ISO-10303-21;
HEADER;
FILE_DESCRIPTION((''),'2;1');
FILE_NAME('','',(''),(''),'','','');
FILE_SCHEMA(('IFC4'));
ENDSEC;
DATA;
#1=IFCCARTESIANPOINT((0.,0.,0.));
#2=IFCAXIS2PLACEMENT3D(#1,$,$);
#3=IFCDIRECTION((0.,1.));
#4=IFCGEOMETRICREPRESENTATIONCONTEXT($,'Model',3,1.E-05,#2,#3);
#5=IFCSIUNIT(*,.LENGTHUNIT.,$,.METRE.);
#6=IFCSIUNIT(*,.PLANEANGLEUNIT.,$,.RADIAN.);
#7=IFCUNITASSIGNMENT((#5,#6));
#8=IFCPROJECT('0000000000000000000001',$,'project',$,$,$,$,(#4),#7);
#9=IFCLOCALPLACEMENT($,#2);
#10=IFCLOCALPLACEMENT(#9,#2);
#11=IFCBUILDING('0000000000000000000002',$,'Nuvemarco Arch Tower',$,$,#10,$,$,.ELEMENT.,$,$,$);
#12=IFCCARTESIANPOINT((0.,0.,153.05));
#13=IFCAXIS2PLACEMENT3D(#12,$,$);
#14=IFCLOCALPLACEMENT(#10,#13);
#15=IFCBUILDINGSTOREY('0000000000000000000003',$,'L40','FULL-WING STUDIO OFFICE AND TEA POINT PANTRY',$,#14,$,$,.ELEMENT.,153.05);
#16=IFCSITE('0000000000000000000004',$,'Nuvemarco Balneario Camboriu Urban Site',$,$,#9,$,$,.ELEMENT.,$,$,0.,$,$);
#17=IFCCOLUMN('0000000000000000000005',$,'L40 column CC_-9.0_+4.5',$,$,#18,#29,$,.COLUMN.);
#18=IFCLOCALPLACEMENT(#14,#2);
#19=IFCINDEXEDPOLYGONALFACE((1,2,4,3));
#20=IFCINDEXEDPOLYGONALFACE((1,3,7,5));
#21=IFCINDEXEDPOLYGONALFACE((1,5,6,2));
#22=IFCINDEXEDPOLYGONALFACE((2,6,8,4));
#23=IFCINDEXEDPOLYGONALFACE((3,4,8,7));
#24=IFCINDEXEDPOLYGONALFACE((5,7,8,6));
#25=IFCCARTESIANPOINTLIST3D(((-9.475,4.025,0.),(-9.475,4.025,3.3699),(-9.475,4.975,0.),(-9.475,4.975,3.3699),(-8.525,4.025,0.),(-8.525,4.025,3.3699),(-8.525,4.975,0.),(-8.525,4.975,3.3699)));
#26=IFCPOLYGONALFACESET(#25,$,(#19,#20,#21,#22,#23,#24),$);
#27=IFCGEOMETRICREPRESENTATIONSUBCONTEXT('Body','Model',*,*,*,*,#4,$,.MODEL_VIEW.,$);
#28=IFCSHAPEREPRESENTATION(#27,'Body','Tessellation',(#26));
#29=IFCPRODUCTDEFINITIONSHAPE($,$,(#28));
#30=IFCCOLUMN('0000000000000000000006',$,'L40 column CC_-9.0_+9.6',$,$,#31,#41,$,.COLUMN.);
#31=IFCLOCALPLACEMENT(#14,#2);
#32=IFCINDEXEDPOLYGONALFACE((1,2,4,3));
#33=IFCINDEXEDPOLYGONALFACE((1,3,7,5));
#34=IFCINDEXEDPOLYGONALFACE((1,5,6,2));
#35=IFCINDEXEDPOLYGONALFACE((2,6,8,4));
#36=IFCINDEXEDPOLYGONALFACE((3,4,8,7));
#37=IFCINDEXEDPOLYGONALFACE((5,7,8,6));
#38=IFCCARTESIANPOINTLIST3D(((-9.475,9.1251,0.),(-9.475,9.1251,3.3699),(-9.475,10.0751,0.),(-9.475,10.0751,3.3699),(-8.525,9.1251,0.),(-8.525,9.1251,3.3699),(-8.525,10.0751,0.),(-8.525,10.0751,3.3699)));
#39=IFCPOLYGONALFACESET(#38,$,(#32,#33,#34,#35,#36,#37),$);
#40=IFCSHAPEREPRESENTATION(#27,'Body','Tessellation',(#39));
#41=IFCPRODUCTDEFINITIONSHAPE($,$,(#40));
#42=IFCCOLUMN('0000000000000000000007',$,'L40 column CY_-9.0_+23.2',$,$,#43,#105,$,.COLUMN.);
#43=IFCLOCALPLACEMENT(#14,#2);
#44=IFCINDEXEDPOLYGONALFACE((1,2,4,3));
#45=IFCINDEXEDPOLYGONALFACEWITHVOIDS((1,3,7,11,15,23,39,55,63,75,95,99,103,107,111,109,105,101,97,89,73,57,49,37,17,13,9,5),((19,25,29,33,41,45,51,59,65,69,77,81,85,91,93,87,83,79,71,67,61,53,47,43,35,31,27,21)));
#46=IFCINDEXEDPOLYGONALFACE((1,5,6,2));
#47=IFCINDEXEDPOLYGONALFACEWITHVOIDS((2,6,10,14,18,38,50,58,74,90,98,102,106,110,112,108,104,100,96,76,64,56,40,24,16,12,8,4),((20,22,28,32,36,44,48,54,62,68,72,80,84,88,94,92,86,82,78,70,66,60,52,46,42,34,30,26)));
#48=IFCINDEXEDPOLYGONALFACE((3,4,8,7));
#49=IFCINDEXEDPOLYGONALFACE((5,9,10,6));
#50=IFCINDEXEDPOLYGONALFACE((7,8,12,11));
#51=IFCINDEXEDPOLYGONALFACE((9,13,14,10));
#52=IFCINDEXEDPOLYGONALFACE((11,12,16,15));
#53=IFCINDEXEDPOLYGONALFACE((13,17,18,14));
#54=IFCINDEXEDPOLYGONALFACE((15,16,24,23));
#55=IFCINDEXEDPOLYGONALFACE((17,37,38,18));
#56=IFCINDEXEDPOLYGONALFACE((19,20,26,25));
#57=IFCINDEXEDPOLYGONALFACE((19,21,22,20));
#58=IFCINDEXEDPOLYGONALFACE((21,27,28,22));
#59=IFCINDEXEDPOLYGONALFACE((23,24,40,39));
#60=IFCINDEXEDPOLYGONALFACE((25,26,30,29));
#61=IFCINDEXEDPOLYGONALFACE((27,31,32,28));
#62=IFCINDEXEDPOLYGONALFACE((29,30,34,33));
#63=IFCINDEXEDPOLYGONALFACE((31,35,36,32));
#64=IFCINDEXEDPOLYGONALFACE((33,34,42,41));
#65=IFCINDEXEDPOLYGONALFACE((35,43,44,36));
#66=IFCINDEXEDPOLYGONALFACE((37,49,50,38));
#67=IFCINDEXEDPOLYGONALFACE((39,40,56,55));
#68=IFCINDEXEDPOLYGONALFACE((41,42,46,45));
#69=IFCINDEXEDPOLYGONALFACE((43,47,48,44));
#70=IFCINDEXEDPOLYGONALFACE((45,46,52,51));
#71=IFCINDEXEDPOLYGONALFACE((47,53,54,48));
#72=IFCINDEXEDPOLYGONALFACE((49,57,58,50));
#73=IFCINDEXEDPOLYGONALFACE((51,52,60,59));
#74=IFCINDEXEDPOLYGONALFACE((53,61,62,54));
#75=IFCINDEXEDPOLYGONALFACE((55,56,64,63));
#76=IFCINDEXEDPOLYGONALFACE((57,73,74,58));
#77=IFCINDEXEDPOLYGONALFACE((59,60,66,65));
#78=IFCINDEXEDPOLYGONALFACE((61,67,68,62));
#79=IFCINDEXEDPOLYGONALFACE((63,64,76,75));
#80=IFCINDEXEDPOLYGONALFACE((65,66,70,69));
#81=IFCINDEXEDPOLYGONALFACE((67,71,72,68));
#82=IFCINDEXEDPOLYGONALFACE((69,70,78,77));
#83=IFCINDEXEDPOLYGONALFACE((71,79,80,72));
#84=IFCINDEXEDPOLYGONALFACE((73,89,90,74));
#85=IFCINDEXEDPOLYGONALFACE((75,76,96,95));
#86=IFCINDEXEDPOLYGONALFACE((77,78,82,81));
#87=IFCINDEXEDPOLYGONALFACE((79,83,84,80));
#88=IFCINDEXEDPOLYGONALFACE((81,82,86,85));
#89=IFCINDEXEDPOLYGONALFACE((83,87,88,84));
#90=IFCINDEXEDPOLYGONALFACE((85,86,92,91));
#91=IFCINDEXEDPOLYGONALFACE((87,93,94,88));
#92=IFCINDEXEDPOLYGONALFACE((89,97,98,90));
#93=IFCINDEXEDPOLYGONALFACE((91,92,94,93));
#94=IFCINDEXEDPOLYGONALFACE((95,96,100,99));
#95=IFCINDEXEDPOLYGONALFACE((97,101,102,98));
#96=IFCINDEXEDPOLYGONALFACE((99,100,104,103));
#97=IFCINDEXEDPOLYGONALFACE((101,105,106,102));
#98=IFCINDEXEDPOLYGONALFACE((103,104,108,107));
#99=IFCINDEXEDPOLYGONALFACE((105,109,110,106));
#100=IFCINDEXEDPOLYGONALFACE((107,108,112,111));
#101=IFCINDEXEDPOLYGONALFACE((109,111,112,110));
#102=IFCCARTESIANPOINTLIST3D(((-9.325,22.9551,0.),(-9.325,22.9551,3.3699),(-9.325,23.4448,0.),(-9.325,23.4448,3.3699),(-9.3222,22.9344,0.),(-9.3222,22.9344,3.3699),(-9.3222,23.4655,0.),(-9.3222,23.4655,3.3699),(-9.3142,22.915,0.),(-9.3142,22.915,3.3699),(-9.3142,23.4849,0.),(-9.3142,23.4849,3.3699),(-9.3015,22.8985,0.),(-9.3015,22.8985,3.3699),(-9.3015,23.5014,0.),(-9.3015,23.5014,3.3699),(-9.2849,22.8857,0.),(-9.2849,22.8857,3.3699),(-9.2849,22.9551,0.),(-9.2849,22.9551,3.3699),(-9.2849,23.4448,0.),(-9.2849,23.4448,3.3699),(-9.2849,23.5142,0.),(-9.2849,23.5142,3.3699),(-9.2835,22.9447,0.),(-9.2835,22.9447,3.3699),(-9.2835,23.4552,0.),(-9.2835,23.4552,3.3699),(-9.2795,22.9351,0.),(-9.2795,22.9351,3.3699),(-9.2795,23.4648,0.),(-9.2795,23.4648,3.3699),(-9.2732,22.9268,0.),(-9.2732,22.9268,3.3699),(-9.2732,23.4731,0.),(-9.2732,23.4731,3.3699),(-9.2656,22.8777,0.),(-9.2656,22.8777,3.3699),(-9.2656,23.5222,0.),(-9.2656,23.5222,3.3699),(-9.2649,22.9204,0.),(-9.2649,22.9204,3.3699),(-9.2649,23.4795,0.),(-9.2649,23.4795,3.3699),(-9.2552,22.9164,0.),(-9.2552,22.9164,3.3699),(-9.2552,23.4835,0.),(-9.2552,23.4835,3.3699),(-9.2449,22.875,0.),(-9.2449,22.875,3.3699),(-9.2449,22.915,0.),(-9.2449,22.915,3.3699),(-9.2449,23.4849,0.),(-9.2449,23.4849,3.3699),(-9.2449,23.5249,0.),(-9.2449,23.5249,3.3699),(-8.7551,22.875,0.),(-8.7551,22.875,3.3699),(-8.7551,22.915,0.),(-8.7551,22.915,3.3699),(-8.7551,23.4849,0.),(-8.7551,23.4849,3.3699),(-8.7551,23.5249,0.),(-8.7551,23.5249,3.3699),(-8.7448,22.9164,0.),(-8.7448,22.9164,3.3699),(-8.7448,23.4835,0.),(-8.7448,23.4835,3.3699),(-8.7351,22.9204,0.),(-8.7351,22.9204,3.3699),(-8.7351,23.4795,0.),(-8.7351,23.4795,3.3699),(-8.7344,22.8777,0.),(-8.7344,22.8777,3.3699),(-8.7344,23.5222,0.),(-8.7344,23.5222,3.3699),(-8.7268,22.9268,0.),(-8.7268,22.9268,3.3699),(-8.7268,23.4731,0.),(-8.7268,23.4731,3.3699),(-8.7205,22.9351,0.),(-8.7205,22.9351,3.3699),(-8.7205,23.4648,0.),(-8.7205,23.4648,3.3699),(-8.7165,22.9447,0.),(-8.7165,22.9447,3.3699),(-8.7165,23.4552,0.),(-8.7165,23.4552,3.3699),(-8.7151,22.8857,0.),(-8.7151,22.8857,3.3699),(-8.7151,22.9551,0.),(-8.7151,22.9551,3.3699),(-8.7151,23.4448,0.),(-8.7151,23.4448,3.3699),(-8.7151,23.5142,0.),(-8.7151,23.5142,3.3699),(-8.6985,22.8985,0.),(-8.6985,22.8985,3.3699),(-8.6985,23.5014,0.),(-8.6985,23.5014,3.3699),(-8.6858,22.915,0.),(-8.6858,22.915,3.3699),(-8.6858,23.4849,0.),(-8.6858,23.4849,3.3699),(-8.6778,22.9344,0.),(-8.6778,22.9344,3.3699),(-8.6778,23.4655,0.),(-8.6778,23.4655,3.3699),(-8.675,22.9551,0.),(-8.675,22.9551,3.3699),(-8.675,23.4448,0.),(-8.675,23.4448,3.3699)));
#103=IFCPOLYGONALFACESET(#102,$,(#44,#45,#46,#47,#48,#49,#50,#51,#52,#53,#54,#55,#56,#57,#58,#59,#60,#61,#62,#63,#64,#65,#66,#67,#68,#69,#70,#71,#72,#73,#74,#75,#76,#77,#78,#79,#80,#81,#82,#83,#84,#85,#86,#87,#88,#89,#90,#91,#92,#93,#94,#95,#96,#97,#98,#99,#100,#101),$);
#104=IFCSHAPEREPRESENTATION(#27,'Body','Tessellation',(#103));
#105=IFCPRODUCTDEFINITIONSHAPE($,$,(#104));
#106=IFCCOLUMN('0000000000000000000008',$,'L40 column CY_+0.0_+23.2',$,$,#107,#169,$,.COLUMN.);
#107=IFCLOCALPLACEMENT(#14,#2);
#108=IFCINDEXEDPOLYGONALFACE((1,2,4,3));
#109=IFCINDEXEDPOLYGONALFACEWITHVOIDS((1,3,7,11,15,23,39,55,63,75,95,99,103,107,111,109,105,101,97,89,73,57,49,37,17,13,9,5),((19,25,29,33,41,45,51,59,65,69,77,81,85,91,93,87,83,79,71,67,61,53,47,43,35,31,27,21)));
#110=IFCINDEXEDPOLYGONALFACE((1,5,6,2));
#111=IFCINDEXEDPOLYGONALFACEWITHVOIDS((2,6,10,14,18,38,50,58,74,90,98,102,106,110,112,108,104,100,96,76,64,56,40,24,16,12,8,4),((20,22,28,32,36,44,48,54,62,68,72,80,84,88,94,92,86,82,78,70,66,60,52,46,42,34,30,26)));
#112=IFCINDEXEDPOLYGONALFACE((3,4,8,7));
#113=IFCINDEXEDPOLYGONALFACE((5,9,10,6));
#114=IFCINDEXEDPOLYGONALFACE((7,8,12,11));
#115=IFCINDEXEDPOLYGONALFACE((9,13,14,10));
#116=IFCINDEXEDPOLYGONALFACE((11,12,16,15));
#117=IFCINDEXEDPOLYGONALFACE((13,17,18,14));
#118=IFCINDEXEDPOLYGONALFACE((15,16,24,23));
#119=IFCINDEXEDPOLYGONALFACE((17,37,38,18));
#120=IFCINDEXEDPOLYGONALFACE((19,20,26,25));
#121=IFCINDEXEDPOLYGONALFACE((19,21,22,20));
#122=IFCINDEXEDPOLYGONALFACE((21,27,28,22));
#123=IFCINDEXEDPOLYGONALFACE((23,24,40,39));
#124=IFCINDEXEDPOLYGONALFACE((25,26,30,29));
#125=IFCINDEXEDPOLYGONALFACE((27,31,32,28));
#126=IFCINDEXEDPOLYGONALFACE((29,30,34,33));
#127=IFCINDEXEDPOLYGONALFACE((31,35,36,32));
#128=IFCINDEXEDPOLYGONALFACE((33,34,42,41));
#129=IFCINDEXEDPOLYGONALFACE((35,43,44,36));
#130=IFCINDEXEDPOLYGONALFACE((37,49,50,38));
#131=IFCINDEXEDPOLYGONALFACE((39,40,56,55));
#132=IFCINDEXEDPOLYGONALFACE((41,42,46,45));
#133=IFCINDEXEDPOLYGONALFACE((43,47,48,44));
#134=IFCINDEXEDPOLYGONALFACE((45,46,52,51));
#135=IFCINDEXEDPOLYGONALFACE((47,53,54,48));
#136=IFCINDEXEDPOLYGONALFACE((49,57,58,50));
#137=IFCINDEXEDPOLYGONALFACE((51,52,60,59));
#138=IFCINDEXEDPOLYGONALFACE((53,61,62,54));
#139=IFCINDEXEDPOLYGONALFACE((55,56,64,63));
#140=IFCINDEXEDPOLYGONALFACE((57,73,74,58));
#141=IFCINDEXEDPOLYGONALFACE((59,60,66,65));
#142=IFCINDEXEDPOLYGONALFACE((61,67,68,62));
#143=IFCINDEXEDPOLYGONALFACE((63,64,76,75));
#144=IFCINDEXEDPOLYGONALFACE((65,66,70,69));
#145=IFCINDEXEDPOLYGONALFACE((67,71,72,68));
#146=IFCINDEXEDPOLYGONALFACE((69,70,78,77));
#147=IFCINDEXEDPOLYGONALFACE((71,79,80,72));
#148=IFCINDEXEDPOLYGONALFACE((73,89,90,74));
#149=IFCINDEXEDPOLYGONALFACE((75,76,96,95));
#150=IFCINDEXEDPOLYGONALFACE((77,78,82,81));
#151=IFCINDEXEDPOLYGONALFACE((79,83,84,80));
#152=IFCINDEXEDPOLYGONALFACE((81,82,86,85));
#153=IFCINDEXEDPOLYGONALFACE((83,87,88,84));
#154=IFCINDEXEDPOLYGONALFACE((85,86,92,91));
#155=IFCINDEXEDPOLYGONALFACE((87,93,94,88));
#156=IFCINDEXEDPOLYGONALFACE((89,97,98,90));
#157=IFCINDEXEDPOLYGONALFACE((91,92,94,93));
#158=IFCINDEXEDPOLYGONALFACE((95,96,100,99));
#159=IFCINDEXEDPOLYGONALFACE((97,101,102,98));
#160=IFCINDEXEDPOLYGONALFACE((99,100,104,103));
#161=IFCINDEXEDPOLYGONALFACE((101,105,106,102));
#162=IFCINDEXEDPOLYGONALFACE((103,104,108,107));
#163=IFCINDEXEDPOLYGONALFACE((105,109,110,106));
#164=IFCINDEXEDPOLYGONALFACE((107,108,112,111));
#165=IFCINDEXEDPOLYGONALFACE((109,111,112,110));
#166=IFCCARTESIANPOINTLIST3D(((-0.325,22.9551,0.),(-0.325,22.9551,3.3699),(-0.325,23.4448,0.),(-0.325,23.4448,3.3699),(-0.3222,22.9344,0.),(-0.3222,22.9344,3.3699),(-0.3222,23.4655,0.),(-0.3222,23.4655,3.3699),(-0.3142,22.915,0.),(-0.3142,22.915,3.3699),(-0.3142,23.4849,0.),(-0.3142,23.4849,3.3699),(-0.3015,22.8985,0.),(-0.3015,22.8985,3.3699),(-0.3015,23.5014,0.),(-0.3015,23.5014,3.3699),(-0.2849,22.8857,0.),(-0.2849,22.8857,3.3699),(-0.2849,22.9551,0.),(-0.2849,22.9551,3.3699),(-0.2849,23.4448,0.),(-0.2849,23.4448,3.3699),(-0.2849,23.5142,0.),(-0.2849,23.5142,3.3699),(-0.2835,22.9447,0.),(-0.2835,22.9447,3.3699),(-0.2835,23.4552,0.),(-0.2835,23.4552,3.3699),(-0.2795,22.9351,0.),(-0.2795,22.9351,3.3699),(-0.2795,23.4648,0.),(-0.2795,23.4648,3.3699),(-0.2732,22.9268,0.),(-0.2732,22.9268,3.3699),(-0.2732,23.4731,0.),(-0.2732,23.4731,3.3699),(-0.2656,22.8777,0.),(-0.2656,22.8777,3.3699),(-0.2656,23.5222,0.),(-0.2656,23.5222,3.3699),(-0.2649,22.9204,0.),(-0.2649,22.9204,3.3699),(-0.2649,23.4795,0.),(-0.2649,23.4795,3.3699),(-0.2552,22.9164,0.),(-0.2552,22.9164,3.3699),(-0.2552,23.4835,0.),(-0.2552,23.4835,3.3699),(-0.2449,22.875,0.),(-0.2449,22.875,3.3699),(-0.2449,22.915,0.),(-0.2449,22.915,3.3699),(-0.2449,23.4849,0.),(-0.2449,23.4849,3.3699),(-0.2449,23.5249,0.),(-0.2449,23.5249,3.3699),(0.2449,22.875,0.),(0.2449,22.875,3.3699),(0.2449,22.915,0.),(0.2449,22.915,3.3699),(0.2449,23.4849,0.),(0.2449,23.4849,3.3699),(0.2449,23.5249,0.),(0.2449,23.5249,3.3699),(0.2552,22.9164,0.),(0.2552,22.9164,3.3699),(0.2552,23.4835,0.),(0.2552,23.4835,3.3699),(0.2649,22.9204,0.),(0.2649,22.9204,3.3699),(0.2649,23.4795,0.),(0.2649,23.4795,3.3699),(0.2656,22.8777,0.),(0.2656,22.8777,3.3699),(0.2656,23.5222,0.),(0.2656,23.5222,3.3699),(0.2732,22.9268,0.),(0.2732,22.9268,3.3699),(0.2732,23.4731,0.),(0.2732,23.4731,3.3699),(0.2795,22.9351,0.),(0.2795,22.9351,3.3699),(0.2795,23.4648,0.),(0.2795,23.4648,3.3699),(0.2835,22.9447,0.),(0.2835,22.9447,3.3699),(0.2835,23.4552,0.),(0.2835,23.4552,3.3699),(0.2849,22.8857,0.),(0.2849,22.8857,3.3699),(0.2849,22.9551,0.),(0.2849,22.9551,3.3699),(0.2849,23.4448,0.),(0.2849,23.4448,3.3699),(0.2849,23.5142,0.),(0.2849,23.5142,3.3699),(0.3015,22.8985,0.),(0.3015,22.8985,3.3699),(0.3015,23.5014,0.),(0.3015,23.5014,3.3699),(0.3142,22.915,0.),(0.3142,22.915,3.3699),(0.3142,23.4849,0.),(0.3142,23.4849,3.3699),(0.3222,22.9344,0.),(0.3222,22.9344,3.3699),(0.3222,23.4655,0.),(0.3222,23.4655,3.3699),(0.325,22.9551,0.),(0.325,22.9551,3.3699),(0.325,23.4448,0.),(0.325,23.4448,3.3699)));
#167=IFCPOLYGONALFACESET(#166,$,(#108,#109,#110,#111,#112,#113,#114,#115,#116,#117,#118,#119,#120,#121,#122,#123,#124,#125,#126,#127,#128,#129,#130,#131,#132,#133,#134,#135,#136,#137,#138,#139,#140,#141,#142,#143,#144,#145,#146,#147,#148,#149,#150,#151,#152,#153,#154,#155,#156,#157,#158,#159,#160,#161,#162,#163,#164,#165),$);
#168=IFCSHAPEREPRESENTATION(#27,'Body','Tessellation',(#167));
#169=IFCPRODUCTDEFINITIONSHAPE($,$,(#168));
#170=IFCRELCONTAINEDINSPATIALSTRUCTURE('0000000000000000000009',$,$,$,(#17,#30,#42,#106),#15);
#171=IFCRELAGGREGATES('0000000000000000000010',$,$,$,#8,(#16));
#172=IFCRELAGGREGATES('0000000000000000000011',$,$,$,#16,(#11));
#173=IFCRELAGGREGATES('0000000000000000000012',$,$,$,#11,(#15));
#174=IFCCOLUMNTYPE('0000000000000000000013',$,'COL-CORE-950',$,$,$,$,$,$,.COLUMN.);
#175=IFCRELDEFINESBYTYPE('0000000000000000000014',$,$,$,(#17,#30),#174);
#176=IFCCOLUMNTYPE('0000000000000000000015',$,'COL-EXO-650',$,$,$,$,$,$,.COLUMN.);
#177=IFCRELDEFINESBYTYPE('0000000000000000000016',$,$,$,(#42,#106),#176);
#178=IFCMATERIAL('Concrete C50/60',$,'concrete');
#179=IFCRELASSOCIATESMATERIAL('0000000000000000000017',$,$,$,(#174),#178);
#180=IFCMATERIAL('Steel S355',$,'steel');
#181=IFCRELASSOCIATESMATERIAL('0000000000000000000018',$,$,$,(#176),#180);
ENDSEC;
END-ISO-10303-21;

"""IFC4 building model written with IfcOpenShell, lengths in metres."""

from ifc_helpers import new_model, si_unit, direction, frame, origin, origin_2d, place, context, subcontext, project, spatial, rectangle, hollow_rectangle, extrude, material, material_profile, profile_set, type_object, element, save


model = new_model("IFC4")

# Units and contexts
model_context = context("Model", 3, precision=1e-05, world=origin(), true_north=direction((0.0, 1.0)))
body_context = subcontext(model_context, "Body", "Model", "MODEL_VIEW")
ifc_project = project(units=[si_unit("LENGTHUNIT", "METRE"), si_unit("PLANEANGLEUNIT", "RADIAN")], contexts=[model_context])

# Site, building, storey
site_placement = place(None, origin())
site = spatial("IfcSite", under=ifc_project, at=site_placement, Name="Nuvemarco Balneario Camboriu Urban Site", CompositionType="ELEMENT", RefElevation=0.0)
building_placement = place(site_placement, origin())
building = spatial("IfcBuilding", under=site, at=building_placement, Name="Nuvemarco Arch Tower", CompositionType="ELEMENT")
storey_placement = place(building_placement, frame((0.0, 0.0, 153.05)))
storey = spatial("IfcBuildingStorey", under=building, at=storey_placement, Name="L40", Description="FULL-WING STUDIO OFFICE AND TEA POINT PANTRY", CompositionType="ELEMENT", Elevation=153.05)

# Columns
ifc_material_1 = material(Name="Concrete C50/60", Category="concrete")
ifc_material_profile_1 = material_profile(ifc_material_1, rectangle(XDim=0.95, YDim=0.95, at=origin_2d()), Name="RC-COL-950x950")
ifc_profile_set_1 = profile_set([ifc_material_profile_1], Name="Concrete C50/60")
column_type_1 = type_object("IfcColumnType", Name="COL-CORE-950", PredefinedType="COLUMN", material=ifc_profile_set_1)
for number, where, z_axis, x_axis, name in (
    (1, (-9.0, 4.5, 0.0), (0.0, 0.0, 1.0), (1.0, 0.0, 0.0), "L40 column CC_-9.0_+4.5"),
    (2, (-9.0, 9.6001, 0.0), (0.0, 0.0, 1.0), (1.0, 0.0, 0.0), "L40 column CC_-9.0_+9.6"),
):
    element("IfcColumn", number, at=place(storey_placement, frame(where, z_axis=z_axis, x_axis=x_axis)), inside=storey, type_object=column_type_1, Name=name, PredefinedType="COLUMN", context=body_context, shape_type="SweptSolid", body=[
        extrude(rectangle(XDim=0.95, YDim=0.95, at=origin_2d()), origin(), (0.0, 0.0, 1.0), 3.3699),
    ])
ifc_material_2 = material(Name="Steel S355", Category="steel")
ifc_material_profile_2 = material_profile(ifc_material_2, hollow_rectangle(XDim=0.6499, YDim=0.6499, WallThickness=0.04, InnerFilletRadius=0.04, OuterFilletRadius=0.0801, at=origin_2d()), Name="SHS650x650x40")
ifc_profile_set_2 = profile_set([ifc_material_profile_2], Name="Steel S355")
column_type_2 = type_object("IfcColumnType", Name="COL-EXO-650", PredefinedType="COLUMN", material=ifc_profile_set_2)
for number, where, z_axis, x_axis, name in (
    (3, (-9.0, 23.2, 0.0), (0.0, 0.0, 1.0), (1.0, 0.0, 0.0), "L40 column CY_-9.0_+23.2"),
    (4, (0.0, 23.2, 0.0), (0.0, 0.0, 1.0), (1.0, 0.0, 0.0), "L40 column CY_+0.0_+23.2"),
):
    element("IfcColumn", number, at=place(storey_placement, frame(where, z_axis=z_axis, x_axis=x_axis)), inside=storey, type_object=column_type_2, Name=name, PredefinedType="COLUMN", context=body_context, shape_type="SweptSolid", body=[
        extrude(hollow_rectangle(XDim=0.6499, YDim=0.6499, WallThickness=0.04, InnerFilletRadius=0.04, OuterFilletRadius=0.0801, at=origin_2d()), origin(), (0.0, 0.0, 1.0), 3.3699),
    ])

save(model, "model.ifc")
